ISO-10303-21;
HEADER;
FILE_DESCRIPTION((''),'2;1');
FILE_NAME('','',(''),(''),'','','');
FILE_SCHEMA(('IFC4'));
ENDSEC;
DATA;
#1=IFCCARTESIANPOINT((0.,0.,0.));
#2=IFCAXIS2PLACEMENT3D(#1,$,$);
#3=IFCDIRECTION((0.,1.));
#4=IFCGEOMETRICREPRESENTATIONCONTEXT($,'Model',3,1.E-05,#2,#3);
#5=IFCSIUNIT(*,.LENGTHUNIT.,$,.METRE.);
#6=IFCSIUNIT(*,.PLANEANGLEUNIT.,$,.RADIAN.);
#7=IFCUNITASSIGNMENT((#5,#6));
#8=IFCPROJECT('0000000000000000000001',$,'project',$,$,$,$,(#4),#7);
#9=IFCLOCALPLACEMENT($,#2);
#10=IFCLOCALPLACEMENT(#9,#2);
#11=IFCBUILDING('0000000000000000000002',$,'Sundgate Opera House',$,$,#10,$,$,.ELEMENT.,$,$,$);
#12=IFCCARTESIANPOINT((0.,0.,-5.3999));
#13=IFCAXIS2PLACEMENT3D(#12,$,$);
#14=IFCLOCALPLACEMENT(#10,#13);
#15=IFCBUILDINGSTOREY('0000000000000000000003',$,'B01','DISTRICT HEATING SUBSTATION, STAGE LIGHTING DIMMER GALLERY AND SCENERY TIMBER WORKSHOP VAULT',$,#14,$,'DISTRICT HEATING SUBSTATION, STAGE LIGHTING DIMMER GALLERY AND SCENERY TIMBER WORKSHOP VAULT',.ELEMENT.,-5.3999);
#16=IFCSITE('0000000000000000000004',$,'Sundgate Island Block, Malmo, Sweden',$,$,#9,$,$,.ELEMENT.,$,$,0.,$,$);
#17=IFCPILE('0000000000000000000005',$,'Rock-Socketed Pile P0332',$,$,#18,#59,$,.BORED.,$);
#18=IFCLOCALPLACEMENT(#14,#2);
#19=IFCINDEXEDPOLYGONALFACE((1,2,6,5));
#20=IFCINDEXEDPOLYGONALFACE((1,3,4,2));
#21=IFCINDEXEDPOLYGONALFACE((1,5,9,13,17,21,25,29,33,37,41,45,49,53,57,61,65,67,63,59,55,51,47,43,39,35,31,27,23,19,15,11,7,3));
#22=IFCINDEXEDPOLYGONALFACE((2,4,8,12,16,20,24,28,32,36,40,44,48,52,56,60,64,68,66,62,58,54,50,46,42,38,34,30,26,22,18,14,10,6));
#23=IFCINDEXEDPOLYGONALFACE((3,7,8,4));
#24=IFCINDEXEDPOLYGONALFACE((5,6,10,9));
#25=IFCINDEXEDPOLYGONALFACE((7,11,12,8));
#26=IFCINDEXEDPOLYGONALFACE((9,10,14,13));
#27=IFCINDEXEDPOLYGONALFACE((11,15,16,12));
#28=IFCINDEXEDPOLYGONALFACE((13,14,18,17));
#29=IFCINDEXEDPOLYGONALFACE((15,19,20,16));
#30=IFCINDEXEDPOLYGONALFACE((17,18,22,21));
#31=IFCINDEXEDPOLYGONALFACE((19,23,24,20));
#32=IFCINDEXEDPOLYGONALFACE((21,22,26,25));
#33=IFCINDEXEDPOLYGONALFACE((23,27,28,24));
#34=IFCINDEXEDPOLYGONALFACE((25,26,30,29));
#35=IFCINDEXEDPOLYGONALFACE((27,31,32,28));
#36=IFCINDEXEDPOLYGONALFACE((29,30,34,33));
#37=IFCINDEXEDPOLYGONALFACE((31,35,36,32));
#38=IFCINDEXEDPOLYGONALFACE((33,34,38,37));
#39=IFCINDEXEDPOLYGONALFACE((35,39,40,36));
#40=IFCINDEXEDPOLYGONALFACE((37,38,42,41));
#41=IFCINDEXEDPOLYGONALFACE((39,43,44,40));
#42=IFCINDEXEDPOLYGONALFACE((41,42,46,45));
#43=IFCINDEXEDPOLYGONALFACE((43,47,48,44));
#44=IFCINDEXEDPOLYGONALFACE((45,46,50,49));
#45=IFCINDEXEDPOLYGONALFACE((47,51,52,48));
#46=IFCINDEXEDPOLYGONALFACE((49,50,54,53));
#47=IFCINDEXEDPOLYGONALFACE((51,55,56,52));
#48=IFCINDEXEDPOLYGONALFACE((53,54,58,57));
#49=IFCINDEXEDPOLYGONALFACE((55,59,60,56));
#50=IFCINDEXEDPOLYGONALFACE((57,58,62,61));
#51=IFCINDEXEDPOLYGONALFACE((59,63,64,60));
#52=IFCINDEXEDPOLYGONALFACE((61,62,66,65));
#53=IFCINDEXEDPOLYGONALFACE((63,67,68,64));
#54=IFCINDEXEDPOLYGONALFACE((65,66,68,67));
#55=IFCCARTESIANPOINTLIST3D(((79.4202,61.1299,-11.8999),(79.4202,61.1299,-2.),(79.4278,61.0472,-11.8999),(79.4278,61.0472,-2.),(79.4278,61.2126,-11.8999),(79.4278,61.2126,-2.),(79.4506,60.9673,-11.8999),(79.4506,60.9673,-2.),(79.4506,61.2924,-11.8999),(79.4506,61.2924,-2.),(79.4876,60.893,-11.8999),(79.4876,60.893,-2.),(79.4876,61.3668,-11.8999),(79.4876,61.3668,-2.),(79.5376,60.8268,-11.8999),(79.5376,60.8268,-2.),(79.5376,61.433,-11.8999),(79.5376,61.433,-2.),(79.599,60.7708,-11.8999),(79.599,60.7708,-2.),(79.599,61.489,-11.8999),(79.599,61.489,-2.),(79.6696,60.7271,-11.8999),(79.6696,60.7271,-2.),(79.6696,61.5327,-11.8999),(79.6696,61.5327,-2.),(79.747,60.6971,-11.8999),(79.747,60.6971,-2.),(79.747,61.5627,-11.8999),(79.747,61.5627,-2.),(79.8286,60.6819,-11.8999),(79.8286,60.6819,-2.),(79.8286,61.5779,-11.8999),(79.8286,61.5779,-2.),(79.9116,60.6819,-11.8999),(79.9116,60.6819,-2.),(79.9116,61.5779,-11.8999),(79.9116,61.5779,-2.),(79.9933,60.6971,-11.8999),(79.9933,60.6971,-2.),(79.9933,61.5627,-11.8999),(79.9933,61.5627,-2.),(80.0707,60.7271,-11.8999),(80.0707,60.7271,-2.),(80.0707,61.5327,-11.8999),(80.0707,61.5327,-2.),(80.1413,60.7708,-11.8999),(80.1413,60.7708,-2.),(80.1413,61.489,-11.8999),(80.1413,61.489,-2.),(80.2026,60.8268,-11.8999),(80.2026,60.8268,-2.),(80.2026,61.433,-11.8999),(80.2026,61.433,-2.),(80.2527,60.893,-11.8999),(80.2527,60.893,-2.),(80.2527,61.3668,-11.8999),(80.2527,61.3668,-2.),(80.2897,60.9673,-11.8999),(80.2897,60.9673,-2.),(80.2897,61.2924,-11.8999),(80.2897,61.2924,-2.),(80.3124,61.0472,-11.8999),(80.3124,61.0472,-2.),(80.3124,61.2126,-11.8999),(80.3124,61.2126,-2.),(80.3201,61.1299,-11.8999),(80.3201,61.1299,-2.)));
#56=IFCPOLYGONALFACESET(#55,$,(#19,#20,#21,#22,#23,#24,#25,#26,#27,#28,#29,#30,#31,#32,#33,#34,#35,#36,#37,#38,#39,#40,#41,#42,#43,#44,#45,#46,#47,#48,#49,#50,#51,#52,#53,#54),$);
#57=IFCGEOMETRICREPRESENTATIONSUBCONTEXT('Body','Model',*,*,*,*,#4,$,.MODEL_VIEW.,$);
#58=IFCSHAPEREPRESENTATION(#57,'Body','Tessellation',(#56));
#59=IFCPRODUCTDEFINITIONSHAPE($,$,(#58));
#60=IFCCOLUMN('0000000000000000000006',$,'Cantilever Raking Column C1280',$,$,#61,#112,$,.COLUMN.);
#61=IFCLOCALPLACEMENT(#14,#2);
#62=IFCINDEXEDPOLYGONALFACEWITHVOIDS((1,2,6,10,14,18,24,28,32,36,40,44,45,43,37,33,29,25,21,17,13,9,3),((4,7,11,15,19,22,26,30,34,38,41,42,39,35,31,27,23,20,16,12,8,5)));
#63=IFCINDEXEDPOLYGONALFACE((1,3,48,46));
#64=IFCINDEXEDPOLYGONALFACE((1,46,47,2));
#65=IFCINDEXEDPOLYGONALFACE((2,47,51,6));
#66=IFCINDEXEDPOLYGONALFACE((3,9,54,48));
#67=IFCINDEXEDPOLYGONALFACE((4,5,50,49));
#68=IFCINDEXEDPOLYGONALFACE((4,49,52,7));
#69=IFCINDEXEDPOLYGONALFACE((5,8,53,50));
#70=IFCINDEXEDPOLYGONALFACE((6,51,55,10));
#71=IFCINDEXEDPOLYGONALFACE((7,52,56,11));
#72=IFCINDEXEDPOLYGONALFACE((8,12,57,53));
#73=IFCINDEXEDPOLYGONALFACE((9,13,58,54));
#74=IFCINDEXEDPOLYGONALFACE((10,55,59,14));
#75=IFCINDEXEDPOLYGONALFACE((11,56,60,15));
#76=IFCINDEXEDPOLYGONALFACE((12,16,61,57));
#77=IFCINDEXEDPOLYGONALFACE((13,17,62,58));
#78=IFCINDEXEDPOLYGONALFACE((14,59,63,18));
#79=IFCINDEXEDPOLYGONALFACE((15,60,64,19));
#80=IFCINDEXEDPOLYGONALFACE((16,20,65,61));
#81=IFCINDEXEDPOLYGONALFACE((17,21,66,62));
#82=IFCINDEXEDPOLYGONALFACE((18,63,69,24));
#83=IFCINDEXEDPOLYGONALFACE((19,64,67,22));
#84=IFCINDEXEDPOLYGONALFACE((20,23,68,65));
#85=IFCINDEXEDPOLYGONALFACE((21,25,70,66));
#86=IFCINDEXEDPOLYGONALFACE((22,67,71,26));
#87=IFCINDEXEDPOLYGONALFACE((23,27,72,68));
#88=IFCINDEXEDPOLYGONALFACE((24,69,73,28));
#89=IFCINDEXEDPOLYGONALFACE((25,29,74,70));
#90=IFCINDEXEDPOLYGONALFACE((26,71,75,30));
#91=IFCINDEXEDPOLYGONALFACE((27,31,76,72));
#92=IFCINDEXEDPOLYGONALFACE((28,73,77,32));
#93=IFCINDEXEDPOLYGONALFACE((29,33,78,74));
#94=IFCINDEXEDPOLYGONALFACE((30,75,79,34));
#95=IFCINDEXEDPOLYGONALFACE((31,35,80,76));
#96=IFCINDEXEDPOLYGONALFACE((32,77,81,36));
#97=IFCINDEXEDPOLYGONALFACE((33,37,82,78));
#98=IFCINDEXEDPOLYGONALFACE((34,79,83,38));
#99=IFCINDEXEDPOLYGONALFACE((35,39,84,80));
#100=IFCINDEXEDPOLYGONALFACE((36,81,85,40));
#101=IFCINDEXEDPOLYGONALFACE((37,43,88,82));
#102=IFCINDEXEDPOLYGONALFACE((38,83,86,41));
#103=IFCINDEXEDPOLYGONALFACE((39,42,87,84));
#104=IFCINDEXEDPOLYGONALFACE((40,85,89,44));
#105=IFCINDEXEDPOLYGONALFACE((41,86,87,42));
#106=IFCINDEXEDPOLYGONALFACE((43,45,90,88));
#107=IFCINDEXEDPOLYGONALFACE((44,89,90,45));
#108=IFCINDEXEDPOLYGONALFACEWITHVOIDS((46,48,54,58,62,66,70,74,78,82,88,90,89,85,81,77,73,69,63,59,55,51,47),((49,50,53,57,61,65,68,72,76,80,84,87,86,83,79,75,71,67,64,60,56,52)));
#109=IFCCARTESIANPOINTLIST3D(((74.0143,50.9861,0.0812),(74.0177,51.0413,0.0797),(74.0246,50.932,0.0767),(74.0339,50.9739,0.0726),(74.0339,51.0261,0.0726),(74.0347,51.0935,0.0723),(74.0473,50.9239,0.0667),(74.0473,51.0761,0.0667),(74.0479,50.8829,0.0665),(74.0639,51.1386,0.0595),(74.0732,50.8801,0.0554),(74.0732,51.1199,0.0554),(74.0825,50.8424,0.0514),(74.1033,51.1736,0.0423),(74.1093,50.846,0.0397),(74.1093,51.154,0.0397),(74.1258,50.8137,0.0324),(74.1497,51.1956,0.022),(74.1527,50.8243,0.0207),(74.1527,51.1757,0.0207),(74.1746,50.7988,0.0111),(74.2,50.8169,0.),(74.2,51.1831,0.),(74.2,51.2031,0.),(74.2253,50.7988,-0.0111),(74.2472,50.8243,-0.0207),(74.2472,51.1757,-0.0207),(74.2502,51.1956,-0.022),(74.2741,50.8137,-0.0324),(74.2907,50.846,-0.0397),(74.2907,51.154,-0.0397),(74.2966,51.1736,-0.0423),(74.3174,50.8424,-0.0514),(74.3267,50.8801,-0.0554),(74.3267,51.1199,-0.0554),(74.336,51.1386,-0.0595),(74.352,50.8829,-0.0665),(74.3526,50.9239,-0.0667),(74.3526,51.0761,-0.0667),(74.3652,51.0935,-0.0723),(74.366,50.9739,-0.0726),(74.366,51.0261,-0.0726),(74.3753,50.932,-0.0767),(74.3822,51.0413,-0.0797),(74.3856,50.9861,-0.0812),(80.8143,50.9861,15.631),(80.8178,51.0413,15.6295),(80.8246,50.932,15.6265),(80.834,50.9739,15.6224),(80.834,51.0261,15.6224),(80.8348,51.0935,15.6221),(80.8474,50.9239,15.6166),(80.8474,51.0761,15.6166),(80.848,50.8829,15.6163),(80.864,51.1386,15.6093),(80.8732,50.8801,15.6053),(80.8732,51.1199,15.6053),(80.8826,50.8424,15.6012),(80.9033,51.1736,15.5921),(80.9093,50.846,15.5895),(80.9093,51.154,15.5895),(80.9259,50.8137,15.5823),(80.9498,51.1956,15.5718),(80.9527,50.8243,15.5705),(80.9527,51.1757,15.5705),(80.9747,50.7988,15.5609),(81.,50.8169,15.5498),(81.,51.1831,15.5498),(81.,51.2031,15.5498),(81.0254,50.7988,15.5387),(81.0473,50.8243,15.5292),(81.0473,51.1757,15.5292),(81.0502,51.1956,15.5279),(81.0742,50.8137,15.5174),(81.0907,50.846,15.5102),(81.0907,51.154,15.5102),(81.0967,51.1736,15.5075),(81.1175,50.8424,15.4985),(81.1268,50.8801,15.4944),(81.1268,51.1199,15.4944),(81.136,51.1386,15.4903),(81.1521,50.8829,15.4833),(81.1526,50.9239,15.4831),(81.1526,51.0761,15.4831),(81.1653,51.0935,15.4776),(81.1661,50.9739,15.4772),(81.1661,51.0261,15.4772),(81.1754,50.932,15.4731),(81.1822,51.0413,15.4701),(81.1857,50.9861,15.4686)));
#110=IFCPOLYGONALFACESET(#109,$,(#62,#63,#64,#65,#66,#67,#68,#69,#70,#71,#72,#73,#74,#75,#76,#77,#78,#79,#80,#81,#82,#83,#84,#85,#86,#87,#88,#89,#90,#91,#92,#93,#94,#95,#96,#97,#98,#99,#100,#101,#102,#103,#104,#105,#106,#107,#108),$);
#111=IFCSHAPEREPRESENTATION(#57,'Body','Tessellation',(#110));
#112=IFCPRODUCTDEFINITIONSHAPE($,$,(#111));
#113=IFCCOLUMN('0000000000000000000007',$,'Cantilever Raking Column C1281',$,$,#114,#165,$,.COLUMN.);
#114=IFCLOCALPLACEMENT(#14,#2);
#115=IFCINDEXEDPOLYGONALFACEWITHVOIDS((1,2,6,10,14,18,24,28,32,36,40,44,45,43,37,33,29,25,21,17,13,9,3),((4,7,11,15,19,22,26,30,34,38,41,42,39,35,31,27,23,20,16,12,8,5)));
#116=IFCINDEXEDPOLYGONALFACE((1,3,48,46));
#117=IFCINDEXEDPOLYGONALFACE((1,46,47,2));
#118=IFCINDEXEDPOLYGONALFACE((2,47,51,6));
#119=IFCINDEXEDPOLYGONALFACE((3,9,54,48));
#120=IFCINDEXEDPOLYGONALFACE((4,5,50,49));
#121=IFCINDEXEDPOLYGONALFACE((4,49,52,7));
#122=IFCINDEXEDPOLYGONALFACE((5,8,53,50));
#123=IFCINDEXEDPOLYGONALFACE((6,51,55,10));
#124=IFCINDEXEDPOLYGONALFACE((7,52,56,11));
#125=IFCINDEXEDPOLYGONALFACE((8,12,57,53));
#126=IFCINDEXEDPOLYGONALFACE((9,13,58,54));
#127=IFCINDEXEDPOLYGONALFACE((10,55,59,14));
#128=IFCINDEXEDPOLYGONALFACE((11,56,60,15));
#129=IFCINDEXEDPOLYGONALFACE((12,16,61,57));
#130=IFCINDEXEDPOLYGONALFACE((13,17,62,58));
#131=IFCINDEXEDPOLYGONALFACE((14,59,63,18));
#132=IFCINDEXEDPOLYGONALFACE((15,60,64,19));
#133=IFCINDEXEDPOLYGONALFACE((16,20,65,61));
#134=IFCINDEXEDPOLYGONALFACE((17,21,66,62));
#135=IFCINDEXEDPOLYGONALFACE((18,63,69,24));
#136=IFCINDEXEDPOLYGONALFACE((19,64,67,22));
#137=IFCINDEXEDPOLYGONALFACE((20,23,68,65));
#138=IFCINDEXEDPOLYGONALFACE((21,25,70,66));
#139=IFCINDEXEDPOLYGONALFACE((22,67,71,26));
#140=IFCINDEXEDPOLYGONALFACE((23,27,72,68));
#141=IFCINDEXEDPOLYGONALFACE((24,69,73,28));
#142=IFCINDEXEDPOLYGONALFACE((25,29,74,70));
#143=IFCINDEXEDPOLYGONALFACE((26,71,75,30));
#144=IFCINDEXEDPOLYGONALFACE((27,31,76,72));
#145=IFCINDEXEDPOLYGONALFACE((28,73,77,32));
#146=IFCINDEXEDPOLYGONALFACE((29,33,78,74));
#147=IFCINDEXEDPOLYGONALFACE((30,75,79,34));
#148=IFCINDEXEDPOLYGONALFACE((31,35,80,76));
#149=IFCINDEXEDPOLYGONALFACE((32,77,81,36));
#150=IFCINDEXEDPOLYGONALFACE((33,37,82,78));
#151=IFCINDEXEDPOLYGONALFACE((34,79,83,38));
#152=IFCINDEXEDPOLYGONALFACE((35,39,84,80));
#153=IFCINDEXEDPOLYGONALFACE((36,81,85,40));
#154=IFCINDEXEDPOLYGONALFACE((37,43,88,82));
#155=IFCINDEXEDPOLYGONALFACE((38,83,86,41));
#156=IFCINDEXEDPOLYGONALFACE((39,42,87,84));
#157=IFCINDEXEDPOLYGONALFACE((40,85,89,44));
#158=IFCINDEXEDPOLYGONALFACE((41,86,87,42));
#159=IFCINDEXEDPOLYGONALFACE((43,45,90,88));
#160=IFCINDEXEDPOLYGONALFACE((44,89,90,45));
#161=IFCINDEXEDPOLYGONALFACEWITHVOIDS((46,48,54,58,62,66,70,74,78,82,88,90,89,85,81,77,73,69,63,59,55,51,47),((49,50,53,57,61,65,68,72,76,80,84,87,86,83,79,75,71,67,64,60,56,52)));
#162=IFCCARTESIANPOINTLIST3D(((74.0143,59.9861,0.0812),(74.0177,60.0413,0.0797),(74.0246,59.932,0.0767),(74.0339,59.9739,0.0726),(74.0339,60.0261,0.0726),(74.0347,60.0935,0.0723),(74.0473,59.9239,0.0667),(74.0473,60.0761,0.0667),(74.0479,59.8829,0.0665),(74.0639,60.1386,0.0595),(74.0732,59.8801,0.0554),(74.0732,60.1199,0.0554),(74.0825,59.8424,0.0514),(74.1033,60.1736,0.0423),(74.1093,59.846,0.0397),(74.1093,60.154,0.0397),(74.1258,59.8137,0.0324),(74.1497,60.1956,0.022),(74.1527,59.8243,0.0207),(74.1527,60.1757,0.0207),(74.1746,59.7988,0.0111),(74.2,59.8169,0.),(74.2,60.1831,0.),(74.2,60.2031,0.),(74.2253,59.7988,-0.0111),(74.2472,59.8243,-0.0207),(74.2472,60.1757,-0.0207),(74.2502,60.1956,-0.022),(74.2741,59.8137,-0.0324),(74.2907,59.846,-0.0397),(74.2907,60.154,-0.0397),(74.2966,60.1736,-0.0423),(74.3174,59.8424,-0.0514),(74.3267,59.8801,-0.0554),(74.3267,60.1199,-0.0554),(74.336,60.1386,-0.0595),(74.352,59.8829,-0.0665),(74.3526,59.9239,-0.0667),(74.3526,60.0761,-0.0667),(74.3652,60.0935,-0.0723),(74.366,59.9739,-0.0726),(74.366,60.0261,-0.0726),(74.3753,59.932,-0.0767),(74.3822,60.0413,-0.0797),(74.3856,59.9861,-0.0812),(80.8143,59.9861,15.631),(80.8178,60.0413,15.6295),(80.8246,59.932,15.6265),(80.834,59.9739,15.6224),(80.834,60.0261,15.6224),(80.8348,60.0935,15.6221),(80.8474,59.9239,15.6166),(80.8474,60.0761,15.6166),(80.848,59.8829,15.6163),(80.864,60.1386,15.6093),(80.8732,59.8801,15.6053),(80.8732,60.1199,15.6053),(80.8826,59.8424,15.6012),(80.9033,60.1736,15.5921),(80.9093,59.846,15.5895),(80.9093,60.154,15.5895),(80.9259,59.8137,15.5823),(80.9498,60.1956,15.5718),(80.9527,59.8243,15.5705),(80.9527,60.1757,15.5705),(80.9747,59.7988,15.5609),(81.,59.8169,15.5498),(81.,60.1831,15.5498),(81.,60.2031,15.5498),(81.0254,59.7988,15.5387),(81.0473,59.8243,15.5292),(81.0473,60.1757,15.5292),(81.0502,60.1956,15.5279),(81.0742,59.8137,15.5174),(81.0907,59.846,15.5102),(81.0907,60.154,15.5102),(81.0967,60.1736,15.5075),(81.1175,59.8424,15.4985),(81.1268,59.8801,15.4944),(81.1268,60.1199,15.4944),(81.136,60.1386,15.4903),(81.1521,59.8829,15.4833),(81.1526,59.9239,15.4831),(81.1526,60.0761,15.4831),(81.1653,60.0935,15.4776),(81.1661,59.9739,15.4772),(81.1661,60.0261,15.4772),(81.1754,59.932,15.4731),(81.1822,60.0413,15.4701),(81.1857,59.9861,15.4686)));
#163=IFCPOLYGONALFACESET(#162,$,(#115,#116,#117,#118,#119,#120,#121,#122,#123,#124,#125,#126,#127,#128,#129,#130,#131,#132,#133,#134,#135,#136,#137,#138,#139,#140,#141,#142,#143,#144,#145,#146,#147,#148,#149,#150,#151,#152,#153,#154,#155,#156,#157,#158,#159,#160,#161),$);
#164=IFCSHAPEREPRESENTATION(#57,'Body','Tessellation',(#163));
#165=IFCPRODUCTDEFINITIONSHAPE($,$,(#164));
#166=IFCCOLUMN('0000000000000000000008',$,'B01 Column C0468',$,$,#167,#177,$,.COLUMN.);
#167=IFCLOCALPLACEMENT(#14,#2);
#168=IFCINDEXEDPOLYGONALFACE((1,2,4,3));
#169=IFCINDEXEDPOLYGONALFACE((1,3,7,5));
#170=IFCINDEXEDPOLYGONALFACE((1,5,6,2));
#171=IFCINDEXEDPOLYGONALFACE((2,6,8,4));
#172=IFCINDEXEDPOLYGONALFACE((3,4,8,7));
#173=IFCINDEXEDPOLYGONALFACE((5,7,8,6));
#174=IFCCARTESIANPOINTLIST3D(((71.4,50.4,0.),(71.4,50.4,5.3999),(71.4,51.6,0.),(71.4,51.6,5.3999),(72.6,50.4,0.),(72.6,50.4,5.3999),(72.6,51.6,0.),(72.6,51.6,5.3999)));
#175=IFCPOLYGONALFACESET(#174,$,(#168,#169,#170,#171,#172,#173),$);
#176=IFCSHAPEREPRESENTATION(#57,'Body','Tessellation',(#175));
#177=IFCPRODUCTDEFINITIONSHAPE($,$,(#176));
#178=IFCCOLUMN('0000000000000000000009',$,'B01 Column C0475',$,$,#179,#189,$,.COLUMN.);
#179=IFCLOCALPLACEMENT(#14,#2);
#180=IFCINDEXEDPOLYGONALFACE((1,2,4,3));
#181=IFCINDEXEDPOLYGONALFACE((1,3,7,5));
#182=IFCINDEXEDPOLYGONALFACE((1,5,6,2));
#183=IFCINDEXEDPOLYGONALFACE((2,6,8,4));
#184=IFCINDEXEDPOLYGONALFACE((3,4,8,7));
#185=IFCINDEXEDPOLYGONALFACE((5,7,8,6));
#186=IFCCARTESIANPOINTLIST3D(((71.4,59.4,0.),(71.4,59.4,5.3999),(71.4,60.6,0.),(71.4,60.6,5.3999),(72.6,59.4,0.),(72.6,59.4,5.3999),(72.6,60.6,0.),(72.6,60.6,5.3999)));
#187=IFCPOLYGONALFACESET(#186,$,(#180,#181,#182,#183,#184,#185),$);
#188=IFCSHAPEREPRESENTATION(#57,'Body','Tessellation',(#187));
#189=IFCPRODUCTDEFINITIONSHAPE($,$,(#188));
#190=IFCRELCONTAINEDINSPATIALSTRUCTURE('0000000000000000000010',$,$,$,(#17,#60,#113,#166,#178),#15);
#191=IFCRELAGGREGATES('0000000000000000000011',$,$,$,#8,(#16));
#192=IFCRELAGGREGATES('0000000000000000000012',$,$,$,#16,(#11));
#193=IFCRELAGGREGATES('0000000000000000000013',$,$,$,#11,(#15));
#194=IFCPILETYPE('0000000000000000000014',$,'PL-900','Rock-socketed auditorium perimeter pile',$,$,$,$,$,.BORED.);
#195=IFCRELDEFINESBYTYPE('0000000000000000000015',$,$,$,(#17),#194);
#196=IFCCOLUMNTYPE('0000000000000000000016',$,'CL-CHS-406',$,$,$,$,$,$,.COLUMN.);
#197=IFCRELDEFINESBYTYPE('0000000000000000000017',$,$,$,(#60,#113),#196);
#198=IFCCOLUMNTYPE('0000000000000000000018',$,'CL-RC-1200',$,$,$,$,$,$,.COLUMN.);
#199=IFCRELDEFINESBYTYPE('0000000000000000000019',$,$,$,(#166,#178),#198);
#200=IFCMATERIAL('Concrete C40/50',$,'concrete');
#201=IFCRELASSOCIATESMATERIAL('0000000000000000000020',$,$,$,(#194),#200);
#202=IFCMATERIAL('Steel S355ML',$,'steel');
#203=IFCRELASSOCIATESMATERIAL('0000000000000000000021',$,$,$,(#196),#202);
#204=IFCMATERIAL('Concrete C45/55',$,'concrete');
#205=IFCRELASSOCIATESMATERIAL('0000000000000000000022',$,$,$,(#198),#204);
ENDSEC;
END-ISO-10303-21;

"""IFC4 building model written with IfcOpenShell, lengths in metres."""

from ifc_helpers import new_model, si_unit, direction, frame, origin, origin_2d, place, context, subcontext, project, spatial, rectangle, circle, hollow_circle, extrude, material, material_profile, profile_set, type_object, element, save


model = new_model("IFC4")

# Units and contexts
model_context = context("Model", 3, precision=1e-05, world=origin(), true_north=direction((0.0, 1.0)))
body_context = subcontext(model_context, "Body", "Model", "MODEL_VIEW")
ifc_project = project(units=[si_unit("LENGTHUNIT", "METRE"), si_unit("PLANEANGLEUNIT", "RADIAN")], contexts=[model_context])

# Site, building, storey
site_placement = place(None, origin())
site = spatial("IfcSite", under=ifc_project, at=site_placement, Name="Sundgate Island Block, Malmo, Sweden", CompositionType="ELEMENT", RefElevation=0.0)
building_placement = place(site_placement, origin())
building = spatial("IfcBuilding", under=site, at=building_placement, Name="Sundgate Opera House", CompositionType="ELEMENT")
storey_placement = place(building_placement, frame((0.0, 0.0, -5.3999)))
storey = spatial("IfcBuildingStorey", under=building, at=storey_placement, Name="B01", Description="DISTRICT HEATING SUBSTATION, STAGE LIGHTING DIMMER GALLERY AND SCENERY TIMBER WORKSHOP VAULT", LongName="DISTRICT HEATING SUBSTATION, STAGE LIGHTING DIMMER GALLERY AND SCENERY TIMBER WORKSHOP VAULT", CompositionType="ELEMENT", Elevation=-5.3999)

# Pile
ifc_material_1 = material(Name="Concrete C40/50", Category="concrete")
ifc_material_profile_1 = material_profile(ifc_material_1, circle(Radius=0.45, at=origin_2d()), Name="PILE D900")
ifc_profile_set_1 = profile_set([ifc_material_profile_1], Name="Concrete C40/50")
pile_type_1 = type_object("IfcPileType", Name="PL-900", Description="Rock-socketed auditorium perimeter pile", PredefinedType="BORED", material=ifc_profile_set_1)
for number, where, z_axis, x_axis, name in (
    (1, (79.8701, 61.1299, -2.0), (0.0, 0.0, -1.0), (1.0, 0.0, 0.0), "Rock-Socketed Pile P0332"),
):
    element("IfcPile", number, at=place(storey_placement, frame(where, z_axis=z_axis, x_axis=x_axis)), inside=storey, type_object=pile_type_1, Name=name, PredefinedType="BORED", context=body_context, shape_type="SweptSolid", body=[
        extrude(circle(Radius=0.45, at=origin_2d()), origin(), (0.0, 0.0, 1.0), 9.8999),
    ])

# Columns
ifc_material_2 = material(Name="Steel S355ML", Category="steel")
ifc_material_profile_2 = material_profile(ifc_material_2, hollow_circle(Radius=0.2031, WallThickness=0.02, at=origin_2d()), Name="CHS 406.4x20.0")
ifc_profile_set_2 = profile_set([ifc_material_profile_2], Name="Steel S355ML")
column_type_1 = type_object("IfcColumnType", Name="CL-CHS-406", PredefinedType="COLUMN", material=ifc_profile_set_2)
for number, where, z_axis, x_axis, name in (
    (2, (74.2, 51.0, 0.0), (0.400671, 0.0, 0.916222), (0.0, 1.0, 0.0), "Cantilever Raking Column C1280"),
    (3, (74.2, 60.0, 0.0), (0.400671, 0.0, 0.916222), (0.0, 1.0, 0.0), "Cantilever Raking Column C1281"),
):
    element("IfcColumn", number, at=place(storey_placement, frame(where, z_axis=z_axis, x_axis=x_axis)), inside=storey, type_object=column_type_1, Name=name, PredefinedType="COLUMN", context=body_context, shape_type="SweptSolid", body=[
        extrude(hollow_circle(Radius=0.2031, WallThickness=0.02, at=origin_2d()), origin(), (0.0, 0.0, 1.0), 16.9717),
    ])
ifc_material_3 = material(Name="Concrete C45/55", Category="concrete")
ifc_material_profile_3 = material_profile(ifc_material_3, rectangle(XDim=1.2, YDim=1.2, at=origin_2d()), Name="RC 1200x1200")
ifc_profile_set_3 = profile_set([ifc_material_profile_3], Name="Concrete C45/55")
column_type_2 = type_object("IfcColumnType", Name="CL-RC-1200", PredefinedType="COLUMN", material=ifc_profile_set_3)
for number, where, z_axis, x_axis, name in (
    (4, (72.0, 51.0, 0.0), (0.0, 0.0, 1.0), (1.0, 0.0, 0.0), "B01 Column C0468"),
    (5, (72.0, 60.0, 0.0), (0.0, 0.0, 1.0), (1.0, 0.0, 0.0), "B01 Column C0475"),
):
    element("IfcColumn", number, at=place(storey_placement, frame(where, z_axis=z_axis, x_axis=x_axis)), inside=storey, type_object=column_type_2, Name=name, PredefinedType="COLUMN", context=body_context, shape_type="SweptSolid", body=[
        extrude(rectangle(XDim=1.2, YDim=1.2, at=origin_2d()), origin(), (0.0, 0.0, 1.0), 5.3999),
    ])

save(model, "model.ifc")
